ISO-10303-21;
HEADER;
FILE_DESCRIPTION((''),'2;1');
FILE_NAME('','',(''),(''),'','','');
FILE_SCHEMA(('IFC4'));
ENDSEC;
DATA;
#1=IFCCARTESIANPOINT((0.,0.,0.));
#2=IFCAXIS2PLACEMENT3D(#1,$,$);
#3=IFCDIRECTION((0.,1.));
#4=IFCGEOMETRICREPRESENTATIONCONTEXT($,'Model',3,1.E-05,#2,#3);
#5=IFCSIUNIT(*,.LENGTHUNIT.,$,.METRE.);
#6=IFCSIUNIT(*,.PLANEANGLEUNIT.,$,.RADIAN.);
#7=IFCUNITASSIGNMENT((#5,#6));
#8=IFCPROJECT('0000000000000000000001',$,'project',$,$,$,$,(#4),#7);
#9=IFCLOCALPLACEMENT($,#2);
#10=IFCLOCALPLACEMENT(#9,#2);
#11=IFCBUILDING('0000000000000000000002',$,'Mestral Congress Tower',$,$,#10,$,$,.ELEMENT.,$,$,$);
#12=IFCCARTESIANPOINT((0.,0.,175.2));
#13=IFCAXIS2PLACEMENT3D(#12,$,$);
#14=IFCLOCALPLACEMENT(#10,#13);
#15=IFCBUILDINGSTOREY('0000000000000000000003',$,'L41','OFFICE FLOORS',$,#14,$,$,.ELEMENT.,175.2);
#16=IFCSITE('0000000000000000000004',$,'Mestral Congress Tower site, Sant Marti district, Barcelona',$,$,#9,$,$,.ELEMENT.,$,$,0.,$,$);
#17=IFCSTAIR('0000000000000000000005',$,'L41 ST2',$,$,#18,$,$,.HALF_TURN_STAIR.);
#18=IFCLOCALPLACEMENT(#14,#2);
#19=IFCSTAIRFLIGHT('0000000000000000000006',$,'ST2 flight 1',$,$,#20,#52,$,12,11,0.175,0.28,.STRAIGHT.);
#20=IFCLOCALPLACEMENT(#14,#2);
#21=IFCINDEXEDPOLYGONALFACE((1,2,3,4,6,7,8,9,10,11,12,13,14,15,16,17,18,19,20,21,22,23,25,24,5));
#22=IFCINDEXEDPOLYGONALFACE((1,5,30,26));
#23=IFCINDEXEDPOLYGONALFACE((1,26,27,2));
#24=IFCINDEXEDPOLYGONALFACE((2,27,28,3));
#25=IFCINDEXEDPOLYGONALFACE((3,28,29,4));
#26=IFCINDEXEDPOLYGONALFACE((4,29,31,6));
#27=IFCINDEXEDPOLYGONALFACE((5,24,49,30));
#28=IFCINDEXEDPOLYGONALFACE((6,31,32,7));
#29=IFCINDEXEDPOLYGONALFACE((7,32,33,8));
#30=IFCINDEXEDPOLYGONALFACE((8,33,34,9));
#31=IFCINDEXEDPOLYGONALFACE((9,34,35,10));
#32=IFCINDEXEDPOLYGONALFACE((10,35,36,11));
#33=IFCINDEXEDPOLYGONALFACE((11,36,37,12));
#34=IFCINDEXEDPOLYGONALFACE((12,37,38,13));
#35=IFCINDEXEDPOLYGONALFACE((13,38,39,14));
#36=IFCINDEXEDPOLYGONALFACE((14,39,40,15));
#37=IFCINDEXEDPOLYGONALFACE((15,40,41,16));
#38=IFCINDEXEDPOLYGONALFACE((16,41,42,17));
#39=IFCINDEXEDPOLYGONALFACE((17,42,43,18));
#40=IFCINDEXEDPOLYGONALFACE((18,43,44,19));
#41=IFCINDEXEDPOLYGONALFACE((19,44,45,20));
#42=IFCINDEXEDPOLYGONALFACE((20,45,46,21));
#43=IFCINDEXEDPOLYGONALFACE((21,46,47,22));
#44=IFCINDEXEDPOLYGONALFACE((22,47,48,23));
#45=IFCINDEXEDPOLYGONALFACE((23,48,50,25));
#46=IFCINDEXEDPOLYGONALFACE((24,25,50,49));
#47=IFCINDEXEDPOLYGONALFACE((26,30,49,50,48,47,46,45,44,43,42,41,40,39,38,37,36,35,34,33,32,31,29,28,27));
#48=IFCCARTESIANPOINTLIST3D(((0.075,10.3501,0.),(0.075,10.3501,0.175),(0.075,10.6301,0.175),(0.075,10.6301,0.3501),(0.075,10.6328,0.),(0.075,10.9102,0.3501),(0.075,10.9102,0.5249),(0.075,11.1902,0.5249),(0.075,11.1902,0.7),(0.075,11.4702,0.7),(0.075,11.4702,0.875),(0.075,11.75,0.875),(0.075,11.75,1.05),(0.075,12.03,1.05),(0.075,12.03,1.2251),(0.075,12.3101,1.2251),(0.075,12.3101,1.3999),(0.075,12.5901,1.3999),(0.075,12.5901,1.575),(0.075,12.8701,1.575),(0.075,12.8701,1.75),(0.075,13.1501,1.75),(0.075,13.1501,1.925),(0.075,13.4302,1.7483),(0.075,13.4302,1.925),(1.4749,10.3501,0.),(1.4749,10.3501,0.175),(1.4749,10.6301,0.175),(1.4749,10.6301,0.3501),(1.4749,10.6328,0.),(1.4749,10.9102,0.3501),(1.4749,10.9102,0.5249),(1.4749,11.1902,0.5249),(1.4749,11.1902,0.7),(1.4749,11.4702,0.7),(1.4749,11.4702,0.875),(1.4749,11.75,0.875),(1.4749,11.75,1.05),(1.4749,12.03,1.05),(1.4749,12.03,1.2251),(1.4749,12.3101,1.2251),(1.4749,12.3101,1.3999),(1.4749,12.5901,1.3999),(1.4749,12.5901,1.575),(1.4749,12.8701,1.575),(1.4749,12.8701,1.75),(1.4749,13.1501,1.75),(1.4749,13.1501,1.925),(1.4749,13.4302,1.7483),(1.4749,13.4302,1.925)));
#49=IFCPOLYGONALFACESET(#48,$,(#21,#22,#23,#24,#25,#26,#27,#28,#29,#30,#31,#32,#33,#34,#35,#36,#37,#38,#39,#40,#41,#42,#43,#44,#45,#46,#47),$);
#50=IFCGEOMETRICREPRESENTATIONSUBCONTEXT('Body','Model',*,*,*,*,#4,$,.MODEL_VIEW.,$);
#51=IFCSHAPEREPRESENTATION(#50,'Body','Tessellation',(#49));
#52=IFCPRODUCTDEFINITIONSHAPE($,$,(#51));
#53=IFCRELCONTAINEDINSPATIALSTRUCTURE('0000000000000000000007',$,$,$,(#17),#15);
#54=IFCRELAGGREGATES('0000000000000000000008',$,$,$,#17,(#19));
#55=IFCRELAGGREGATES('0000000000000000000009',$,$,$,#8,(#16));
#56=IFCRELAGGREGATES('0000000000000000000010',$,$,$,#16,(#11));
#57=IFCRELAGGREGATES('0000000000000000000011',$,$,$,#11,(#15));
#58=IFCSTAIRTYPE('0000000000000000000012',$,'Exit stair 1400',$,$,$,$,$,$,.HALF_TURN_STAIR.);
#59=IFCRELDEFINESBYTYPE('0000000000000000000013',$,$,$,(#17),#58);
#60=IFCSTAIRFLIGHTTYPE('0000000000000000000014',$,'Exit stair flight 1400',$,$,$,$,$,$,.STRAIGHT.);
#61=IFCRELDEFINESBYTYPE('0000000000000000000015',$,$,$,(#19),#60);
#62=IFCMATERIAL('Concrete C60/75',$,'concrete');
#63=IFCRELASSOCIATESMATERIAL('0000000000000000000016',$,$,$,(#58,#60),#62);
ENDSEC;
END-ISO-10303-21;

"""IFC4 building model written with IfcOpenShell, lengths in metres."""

from ifc_helpers import new_model, si_unit, direction, frame, origin, place, context, subcontext, project, spatial, polyline, outline, extrude, material, type_object, element, aggregate, save


model = new_model("IFC4")

# Units and contexts
model_context = context("Model", 3, precision=1e-05, world=origin(), true_north=direction((0.0, 1.0)))
body_context = subcontext(model_context, "Body", "Model", "MODEL_VIEW")
ifc_project = project(units=[si_unit("LENGTHUNIT", "METRE"), si_unit("PLANEANGLEUNIT", "RADIAN")], contexts=[model_context])

# Site, building, storey
site_placement = place(None, origin())
site = spatial("IfcSite", under=ifc_project, at=site_placement, Name="Mestral Congress Tower site, Sant Marti district, Barcelona", CompositionType="ELEMENT", RefElevation=0.0)
building_placement = place(site_placement, origin())
building = spatial("IfcBuilding", under=site, at=building_placement, Name="Mestral Congress Tower", CompositionType="ELEMENT")
storey_placement = place(building_placement, frame((0.0, 0.0, 175.2)))
storey = spatial("IfcBuildingStorey", under=building, at=storey_placement, Name="L41", Description="OFFICE FLOORS", CompositionType="ELEMENT", Elevation=175.2)

# Shared definitions
ifc_material_1 = material(Name="Concrete C60/75", Category="concrete")

# Stair, stair flight
stair_type = type_object("IfcStairType", Name="Exit stair 1400", PredefinedType="HALF_TURN_STAIR", material=ifc_material_1)
stair_placement = place(storey_placement, origin())
stair = element("IfcStair", 1, at=stair_placement, inside=storey, type_object=stair_type, Name="L41 ST2", PredefinedType="HALF_TURN_STAIR")
stair_flight_type = type_object("IfcStairFlightType", Name="Exit stair flight 1400", PredefinedType="STRAIGHT", material=ifc_material_1)
stair_flight_placement = place(storey_placement, frame((0.7749, 10.3501, 0.0), z_axis=(0.0, 0.0, 1.0), x_axis=(0.0, 1.0, 0.0)))
stair_flight = element("IfcStairFlight", 2, at=stair_flight_placement, type_object=stair_flight_type, Name="ST2 flight 1", NumberOfRisers=12, NumberOfTreads=11, PredefinedType="STRAIGHT", RiserHeight=0.175, TreadLength=0.28, context=body_context, shape_type="SweptSolid", body=[
    extrude(outline(polyline([(0.0, 0.0), (0.0, 0.175), (0.28, 0.175), (0.28, 0.3501), (0.5601, 0.3501), (0.5601, 0.5249), (0.8401, 0.5249), (0.8401, 0.7), (1.1201, 0.7), (1.1201, 0.875), (1.3999, 0.875), (1.3999, 1.05), (1.6799, 1.05), (1.6799, 1.2251), (1.96, 1.2251), (1.96, 1.3999), (2.24, 1.3999), (2.24, 1.575), (2.52, 1.575), (2.52, 1.75), (2.8, 1.75), (2.8, 1.925), (3.0801, 1.925), (3.0801, 2.1001), (3.0801, 1.7483), (0.2827, 0.0), (0.0, 0.0)])), frame((0.0, 0.7, 0.0), z_axis=(0.0, -1.0, 0.0), x_axis=(1.0, 0.0, 0.0)), (0.0, 0.0, 1.0), 1.3999),
])
aggregate(stair, [stair_flight])

save(model, "model.ifc")
